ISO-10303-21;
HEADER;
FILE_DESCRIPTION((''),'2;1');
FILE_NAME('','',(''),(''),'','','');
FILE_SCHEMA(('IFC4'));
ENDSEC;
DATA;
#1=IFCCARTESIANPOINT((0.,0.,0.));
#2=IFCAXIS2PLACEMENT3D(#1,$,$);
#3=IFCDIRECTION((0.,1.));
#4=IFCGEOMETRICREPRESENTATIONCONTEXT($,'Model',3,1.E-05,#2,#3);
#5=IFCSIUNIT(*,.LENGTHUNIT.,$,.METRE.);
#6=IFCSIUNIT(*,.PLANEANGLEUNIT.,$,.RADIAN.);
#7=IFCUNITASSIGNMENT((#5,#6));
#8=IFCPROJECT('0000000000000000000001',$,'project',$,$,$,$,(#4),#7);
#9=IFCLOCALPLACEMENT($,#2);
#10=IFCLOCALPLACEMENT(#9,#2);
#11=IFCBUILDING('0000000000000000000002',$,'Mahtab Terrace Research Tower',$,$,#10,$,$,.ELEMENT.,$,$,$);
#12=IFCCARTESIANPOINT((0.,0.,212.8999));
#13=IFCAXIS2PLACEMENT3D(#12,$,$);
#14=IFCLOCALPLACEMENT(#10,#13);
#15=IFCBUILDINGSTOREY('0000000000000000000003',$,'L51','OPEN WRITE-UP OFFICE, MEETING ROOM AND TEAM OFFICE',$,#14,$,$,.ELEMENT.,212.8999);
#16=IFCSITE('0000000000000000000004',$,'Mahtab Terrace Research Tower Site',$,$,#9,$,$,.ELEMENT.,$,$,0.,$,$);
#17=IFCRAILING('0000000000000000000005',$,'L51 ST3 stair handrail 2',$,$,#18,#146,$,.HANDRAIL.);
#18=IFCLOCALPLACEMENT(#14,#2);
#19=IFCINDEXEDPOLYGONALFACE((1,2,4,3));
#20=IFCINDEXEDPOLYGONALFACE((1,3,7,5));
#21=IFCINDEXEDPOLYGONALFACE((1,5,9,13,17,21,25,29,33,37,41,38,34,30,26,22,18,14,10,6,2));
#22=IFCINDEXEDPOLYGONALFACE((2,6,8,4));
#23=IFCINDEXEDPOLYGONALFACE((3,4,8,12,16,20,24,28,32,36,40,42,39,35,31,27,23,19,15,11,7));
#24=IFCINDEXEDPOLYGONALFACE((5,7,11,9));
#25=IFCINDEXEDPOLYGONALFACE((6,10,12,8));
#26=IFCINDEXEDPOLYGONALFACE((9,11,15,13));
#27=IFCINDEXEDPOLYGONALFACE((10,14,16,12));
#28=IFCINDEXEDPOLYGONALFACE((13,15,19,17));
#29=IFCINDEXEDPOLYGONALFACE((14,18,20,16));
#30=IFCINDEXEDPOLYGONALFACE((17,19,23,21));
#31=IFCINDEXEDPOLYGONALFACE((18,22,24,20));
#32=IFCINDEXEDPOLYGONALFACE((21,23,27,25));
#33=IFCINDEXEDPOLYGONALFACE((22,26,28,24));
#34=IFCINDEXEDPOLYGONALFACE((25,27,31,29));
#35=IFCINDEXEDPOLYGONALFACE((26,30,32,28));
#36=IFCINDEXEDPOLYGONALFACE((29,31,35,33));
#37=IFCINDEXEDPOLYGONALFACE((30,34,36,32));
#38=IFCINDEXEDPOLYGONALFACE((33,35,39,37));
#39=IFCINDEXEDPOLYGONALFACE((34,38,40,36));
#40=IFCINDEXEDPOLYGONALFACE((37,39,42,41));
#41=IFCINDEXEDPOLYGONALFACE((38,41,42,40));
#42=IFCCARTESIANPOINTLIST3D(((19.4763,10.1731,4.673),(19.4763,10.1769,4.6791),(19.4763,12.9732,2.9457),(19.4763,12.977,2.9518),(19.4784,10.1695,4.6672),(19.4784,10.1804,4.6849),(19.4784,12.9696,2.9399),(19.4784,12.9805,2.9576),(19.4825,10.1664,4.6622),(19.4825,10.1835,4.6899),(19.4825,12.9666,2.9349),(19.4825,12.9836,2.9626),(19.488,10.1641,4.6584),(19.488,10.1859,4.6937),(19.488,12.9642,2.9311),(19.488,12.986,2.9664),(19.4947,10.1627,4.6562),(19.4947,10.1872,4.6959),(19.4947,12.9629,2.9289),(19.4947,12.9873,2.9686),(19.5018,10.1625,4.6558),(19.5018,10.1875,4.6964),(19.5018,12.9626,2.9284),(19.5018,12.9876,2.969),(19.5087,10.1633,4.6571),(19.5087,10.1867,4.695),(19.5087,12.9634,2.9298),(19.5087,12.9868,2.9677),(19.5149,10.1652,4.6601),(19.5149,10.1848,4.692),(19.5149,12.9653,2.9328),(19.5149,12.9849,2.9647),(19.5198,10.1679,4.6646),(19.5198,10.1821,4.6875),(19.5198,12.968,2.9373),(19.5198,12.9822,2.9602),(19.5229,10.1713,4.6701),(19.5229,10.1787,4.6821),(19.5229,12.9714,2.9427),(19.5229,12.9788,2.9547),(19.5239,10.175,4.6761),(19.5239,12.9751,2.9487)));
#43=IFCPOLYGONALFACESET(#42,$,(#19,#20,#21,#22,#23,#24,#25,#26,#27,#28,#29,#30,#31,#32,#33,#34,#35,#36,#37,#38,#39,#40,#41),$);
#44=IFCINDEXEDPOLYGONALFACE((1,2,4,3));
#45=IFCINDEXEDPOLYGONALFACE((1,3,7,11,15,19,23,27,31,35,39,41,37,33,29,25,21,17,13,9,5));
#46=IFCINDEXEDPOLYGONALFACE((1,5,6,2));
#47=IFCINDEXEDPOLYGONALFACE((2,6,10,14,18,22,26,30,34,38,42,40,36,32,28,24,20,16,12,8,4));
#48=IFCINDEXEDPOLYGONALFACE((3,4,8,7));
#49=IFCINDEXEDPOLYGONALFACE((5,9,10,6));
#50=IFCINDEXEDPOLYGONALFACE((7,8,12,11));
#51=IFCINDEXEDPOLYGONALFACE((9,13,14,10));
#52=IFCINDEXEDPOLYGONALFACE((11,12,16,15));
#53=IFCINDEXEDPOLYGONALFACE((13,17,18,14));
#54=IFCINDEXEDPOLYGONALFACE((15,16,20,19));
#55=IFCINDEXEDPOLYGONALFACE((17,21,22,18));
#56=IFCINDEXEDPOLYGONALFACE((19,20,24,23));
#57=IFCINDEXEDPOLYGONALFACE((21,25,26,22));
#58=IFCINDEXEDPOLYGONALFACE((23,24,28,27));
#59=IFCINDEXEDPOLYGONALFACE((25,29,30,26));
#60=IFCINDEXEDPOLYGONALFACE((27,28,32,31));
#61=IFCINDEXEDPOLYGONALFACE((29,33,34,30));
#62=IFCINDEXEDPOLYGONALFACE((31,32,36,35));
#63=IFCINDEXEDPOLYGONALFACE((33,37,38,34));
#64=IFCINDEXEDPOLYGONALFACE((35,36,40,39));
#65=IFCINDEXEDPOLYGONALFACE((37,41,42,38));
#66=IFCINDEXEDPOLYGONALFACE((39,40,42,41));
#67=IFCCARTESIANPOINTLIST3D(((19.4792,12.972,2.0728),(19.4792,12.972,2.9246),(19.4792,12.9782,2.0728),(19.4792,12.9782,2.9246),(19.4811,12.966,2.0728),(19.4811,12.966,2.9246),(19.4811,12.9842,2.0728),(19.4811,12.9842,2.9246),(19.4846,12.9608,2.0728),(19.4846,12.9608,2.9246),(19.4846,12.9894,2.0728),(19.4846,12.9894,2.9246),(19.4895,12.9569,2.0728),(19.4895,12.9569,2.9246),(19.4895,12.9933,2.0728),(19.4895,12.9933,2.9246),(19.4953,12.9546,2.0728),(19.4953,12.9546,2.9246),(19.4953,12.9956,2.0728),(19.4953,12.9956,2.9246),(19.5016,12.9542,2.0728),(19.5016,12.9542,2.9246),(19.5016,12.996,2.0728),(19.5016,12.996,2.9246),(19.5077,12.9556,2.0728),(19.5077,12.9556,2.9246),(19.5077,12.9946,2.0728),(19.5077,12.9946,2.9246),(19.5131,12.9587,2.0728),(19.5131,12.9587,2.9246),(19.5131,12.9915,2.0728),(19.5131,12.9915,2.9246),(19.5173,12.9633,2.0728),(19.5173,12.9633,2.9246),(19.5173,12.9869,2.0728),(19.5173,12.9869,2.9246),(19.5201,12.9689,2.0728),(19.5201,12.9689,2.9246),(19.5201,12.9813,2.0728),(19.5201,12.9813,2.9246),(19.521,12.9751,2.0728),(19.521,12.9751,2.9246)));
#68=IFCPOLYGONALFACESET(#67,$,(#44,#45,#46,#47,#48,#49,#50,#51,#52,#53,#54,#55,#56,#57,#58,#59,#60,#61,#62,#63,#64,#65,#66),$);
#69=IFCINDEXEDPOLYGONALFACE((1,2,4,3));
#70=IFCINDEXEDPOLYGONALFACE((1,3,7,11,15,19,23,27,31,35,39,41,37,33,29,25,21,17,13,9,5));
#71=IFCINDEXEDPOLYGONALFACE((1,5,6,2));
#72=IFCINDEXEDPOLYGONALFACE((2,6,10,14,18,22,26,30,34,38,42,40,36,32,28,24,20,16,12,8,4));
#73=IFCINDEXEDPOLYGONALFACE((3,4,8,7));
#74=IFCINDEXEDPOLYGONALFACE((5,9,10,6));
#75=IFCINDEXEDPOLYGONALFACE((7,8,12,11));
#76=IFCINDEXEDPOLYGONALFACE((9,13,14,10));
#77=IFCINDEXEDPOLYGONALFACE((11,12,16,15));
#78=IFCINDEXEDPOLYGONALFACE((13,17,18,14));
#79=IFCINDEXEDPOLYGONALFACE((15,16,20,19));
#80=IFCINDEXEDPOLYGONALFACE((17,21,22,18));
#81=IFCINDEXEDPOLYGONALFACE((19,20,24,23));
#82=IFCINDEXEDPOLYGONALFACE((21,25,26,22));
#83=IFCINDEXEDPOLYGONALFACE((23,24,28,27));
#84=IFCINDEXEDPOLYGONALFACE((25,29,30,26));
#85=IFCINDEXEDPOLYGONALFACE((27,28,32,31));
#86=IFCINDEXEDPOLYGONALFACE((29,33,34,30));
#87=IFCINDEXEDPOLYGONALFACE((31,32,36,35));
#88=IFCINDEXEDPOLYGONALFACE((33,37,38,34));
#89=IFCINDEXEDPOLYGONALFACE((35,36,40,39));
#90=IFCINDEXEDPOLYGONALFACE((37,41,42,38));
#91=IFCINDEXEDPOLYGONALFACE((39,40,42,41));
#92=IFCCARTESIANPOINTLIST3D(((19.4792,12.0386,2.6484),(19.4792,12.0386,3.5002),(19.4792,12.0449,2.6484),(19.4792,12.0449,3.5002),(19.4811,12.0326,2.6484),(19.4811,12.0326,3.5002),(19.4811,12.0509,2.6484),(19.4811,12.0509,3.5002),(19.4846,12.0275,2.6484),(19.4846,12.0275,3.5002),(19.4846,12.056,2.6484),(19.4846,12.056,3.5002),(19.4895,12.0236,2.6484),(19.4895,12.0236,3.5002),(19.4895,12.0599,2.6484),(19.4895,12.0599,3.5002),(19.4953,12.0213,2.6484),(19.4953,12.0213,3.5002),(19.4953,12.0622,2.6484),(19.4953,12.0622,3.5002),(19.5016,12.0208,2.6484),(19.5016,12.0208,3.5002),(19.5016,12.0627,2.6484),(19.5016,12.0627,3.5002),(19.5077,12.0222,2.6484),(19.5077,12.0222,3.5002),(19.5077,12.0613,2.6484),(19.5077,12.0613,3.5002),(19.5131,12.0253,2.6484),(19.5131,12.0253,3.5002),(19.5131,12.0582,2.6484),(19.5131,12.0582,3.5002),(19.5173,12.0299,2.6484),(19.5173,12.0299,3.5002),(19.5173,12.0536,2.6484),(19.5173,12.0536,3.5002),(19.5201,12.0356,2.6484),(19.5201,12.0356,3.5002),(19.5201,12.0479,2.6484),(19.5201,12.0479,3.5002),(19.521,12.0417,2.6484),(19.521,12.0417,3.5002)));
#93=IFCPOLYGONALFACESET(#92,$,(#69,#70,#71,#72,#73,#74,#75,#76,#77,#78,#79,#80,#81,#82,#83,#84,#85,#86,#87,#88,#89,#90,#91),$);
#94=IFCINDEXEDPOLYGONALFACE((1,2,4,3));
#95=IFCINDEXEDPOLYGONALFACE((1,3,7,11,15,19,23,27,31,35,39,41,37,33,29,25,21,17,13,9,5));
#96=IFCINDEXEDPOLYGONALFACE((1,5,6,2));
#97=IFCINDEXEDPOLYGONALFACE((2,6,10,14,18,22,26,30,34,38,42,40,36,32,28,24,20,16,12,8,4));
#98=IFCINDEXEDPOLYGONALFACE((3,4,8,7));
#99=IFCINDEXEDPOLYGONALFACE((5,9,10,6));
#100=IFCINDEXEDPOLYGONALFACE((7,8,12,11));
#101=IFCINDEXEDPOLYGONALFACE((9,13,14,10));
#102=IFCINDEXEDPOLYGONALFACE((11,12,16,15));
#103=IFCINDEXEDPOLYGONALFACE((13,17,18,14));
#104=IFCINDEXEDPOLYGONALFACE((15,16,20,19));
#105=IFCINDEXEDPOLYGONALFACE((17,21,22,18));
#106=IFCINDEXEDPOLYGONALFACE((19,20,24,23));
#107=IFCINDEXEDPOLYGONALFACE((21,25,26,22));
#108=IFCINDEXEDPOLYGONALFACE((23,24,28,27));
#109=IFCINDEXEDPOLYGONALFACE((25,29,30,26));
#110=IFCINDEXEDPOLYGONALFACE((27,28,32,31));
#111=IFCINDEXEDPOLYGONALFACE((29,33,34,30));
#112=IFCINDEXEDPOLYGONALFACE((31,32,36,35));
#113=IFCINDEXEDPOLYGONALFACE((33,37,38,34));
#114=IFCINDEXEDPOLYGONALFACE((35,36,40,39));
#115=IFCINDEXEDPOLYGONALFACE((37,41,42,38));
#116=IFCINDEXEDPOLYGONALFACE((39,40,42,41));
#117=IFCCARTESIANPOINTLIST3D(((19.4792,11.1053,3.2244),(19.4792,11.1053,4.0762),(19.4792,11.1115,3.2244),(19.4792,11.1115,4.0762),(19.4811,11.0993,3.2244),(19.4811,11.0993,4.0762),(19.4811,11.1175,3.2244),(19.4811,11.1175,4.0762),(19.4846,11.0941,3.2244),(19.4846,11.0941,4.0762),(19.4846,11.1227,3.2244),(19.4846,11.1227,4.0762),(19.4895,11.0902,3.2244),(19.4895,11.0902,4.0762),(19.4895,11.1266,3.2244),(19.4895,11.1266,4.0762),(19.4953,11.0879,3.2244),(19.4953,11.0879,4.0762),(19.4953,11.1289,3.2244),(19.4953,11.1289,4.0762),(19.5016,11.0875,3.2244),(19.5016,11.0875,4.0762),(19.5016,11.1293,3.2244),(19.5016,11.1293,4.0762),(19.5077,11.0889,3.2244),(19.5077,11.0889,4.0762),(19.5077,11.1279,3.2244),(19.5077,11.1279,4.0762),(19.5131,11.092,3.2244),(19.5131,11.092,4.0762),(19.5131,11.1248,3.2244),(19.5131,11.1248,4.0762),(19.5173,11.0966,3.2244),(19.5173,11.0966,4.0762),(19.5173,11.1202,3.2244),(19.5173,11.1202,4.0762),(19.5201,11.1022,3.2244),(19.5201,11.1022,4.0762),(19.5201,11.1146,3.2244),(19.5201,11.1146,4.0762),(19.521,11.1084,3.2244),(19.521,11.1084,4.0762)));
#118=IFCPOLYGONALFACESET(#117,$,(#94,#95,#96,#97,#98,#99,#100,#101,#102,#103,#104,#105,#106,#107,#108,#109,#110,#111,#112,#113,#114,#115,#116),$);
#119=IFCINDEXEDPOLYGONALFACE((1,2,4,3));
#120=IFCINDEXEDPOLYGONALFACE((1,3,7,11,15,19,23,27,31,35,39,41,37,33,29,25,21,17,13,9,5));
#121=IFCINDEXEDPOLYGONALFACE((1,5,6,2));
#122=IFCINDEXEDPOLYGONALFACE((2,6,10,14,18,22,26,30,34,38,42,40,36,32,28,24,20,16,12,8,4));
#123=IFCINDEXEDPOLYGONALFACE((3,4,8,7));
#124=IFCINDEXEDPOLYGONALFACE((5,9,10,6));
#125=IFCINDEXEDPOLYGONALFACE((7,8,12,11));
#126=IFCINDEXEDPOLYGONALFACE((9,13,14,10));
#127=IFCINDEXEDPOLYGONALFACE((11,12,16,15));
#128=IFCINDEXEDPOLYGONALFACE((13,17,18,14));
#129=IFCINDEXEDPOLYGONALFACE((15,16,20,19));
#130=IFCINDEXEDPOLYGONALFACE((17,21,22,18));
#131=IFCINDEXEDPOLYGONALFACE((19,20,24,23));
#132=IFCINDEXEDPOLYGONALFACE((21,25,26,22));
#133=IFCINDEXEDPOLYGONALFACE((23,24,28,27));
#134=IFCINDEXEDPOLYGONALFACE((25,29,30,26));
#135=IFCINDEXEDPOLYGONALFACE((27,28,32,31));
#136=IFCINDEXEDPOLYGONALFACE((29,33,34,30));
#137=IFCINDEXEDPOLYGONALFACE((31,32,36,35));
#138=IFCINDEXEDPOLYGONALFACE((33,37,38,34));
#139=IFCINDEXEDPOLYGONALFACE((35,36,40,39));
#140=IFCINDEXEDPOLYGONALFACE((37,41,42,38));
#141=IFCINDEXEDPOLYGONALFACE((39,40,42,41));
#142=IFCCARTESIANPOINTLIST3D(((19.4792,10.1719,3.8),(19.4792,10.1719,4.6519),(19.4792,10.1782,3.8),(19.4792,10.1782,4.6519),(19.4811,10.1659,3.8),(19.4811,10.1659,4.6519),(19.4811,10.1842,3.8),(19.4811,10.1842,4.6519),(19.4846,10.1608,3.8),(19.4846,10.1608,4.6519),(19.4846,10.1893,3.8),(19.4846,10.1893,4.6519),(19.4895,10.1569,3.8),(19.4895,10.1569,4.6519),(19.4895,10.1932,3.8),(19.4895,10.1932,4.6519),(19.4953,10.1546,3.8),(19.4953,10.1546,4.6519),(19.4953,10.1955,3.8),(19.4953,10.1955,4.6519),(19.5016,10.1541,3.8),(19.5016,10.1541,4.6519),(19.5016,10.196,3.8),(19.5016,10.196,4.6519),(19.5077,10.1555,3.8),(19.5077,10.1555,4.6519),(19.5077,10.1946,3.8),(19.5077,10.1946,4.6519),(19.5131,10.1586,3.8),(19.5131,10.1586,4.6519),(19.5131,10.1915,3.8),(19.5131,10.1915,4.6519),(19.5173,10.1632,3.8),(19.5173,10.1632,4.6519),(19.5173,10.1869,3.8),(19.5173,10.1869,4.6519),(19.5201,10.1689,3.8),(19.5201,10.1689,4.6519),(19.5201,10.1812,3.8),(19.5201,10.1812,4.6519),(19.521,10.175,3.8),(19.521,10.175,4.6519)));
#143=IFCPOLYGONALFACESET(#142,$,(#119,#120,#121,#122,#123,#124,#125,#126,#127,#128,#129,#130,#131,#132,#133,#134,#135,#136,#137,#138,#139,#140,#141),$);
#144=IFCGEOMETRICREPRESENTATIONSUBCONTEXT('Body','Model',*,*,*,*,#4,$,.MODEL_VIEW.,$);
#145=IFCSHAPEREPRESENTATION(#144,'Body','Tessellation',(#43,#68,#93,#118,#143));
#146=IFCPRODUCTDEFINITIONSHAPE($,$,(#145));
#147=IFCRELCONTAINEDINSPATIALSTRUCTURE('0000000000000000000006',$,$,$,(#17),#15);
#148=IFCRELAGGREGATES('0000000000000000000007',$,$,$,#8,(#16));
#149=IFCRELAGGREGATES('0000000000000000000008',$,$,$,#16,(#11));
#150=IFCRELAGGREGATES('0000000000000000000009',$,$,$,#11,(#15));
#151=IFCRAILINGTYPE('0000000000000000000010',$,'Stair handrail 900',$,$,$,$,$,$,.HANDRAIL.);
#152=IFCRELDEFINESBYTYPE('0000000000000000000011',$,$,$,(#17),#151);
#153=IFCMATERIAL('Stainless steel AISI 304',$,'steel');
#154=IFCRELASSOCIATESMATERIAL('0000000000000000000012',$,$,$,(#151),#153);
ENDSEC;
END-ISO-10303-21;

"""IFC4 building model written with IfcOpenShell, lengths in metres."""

from ifc_helpers import new_model, si_unit, direction, frame, origin, origin_2d, place, context, subcontext, project, spatial, circle, extrude, material, type_object, element, save


model = new_model("IFC4")

# Units and contexts
model_context = context("Model", 3, precision=1e-05, world=origin(), true_north=direction((0.0, 1.0)))
body_context = subcontext(model_context, "Body", "Model", "MODEL_VIEW")
ifc_project = project(units=[si_unit("LENGTHUNIT", "METRE"), si_unit("PLANEANGLEUNIT", "RADIAN")], contexts=[model_context])

# Site, building, storey
site_placement = place(None, origin())
site = spatial("IfcSite", under=ifc_project, at=site_placement, Name="Mahtab Terrace Research Tower Site", CompositionType="ELEMENT", RefElevation=0.0)
building_placement = place(site_placement, origin())
building = spatial("IfcBuilding", under=site, at=building_placement, Name="Mahtab Terrace Research Tower", CompositionType="ELEMENT")
storey_placement = place(building_placement, frame((0.0, 0.0, 212.8999)))
storey = spatial("IfcBuildingStorey", under=building, at=storey_placement, Name="L51", Description="OPEN WRITE-UP OFFICE, MEETING ROOM AND TEAM OFFICE", CompositionType="ELEMENT", Elevation=212.8999)

# Railing
ifc_material_1 = material(Name="Stainless steel AISI 304", Category="steel")
railing_type_1 = type_object("IfcRailingType", Name="Stair handrail 900", PredefinedType="HANDRAIL", material=ifc_material_1)
railing_1_placement = place(storey_placement, frame((19.5, 12.9751, 2.0728)))
element("IfcRailing", 1, at=railing_1_placement, inside=storey, type_object=railing_type_1, Name="L51 ST3 stair handrail 2", PredefinedType="HANDRAIL", context=body_context, shape_type="SweptSolid", body=[
    extrude(circle(Radius=0.0239, at=origin_2d()), frame((0.0, 0.0, 0.876), z_axis=(0.0, -0.85109, 0.52502), x_axis=(1.0, 0.0, 0.0)), (0.0, 0.0, 1.0), 3.29),
    extrude(circle(Radius=0.021, at=origin_2d()), origin(), (0.0, 0.0, 1.0), 0.8518),
    extrude(circle(Radius=0.021, at=origin_2d()), frame((0.0, -0.9333, 0.5757)), (0.0, 0.0, 1.0), 0.8518),
    extrude(circle(Radius=0.021, at=origin_2d()), frame((0.0, -1.8667, 1.1516)), (0.0, 0.0, 1.0), 0.8518),
    extrude(circle(Radius=0.021, at=origin_2d()), frame((0.0, -2.8, 1.7273)), (0.0, 0.0, 1.0), 0.8518),
])

save(model, "model.ifc")
